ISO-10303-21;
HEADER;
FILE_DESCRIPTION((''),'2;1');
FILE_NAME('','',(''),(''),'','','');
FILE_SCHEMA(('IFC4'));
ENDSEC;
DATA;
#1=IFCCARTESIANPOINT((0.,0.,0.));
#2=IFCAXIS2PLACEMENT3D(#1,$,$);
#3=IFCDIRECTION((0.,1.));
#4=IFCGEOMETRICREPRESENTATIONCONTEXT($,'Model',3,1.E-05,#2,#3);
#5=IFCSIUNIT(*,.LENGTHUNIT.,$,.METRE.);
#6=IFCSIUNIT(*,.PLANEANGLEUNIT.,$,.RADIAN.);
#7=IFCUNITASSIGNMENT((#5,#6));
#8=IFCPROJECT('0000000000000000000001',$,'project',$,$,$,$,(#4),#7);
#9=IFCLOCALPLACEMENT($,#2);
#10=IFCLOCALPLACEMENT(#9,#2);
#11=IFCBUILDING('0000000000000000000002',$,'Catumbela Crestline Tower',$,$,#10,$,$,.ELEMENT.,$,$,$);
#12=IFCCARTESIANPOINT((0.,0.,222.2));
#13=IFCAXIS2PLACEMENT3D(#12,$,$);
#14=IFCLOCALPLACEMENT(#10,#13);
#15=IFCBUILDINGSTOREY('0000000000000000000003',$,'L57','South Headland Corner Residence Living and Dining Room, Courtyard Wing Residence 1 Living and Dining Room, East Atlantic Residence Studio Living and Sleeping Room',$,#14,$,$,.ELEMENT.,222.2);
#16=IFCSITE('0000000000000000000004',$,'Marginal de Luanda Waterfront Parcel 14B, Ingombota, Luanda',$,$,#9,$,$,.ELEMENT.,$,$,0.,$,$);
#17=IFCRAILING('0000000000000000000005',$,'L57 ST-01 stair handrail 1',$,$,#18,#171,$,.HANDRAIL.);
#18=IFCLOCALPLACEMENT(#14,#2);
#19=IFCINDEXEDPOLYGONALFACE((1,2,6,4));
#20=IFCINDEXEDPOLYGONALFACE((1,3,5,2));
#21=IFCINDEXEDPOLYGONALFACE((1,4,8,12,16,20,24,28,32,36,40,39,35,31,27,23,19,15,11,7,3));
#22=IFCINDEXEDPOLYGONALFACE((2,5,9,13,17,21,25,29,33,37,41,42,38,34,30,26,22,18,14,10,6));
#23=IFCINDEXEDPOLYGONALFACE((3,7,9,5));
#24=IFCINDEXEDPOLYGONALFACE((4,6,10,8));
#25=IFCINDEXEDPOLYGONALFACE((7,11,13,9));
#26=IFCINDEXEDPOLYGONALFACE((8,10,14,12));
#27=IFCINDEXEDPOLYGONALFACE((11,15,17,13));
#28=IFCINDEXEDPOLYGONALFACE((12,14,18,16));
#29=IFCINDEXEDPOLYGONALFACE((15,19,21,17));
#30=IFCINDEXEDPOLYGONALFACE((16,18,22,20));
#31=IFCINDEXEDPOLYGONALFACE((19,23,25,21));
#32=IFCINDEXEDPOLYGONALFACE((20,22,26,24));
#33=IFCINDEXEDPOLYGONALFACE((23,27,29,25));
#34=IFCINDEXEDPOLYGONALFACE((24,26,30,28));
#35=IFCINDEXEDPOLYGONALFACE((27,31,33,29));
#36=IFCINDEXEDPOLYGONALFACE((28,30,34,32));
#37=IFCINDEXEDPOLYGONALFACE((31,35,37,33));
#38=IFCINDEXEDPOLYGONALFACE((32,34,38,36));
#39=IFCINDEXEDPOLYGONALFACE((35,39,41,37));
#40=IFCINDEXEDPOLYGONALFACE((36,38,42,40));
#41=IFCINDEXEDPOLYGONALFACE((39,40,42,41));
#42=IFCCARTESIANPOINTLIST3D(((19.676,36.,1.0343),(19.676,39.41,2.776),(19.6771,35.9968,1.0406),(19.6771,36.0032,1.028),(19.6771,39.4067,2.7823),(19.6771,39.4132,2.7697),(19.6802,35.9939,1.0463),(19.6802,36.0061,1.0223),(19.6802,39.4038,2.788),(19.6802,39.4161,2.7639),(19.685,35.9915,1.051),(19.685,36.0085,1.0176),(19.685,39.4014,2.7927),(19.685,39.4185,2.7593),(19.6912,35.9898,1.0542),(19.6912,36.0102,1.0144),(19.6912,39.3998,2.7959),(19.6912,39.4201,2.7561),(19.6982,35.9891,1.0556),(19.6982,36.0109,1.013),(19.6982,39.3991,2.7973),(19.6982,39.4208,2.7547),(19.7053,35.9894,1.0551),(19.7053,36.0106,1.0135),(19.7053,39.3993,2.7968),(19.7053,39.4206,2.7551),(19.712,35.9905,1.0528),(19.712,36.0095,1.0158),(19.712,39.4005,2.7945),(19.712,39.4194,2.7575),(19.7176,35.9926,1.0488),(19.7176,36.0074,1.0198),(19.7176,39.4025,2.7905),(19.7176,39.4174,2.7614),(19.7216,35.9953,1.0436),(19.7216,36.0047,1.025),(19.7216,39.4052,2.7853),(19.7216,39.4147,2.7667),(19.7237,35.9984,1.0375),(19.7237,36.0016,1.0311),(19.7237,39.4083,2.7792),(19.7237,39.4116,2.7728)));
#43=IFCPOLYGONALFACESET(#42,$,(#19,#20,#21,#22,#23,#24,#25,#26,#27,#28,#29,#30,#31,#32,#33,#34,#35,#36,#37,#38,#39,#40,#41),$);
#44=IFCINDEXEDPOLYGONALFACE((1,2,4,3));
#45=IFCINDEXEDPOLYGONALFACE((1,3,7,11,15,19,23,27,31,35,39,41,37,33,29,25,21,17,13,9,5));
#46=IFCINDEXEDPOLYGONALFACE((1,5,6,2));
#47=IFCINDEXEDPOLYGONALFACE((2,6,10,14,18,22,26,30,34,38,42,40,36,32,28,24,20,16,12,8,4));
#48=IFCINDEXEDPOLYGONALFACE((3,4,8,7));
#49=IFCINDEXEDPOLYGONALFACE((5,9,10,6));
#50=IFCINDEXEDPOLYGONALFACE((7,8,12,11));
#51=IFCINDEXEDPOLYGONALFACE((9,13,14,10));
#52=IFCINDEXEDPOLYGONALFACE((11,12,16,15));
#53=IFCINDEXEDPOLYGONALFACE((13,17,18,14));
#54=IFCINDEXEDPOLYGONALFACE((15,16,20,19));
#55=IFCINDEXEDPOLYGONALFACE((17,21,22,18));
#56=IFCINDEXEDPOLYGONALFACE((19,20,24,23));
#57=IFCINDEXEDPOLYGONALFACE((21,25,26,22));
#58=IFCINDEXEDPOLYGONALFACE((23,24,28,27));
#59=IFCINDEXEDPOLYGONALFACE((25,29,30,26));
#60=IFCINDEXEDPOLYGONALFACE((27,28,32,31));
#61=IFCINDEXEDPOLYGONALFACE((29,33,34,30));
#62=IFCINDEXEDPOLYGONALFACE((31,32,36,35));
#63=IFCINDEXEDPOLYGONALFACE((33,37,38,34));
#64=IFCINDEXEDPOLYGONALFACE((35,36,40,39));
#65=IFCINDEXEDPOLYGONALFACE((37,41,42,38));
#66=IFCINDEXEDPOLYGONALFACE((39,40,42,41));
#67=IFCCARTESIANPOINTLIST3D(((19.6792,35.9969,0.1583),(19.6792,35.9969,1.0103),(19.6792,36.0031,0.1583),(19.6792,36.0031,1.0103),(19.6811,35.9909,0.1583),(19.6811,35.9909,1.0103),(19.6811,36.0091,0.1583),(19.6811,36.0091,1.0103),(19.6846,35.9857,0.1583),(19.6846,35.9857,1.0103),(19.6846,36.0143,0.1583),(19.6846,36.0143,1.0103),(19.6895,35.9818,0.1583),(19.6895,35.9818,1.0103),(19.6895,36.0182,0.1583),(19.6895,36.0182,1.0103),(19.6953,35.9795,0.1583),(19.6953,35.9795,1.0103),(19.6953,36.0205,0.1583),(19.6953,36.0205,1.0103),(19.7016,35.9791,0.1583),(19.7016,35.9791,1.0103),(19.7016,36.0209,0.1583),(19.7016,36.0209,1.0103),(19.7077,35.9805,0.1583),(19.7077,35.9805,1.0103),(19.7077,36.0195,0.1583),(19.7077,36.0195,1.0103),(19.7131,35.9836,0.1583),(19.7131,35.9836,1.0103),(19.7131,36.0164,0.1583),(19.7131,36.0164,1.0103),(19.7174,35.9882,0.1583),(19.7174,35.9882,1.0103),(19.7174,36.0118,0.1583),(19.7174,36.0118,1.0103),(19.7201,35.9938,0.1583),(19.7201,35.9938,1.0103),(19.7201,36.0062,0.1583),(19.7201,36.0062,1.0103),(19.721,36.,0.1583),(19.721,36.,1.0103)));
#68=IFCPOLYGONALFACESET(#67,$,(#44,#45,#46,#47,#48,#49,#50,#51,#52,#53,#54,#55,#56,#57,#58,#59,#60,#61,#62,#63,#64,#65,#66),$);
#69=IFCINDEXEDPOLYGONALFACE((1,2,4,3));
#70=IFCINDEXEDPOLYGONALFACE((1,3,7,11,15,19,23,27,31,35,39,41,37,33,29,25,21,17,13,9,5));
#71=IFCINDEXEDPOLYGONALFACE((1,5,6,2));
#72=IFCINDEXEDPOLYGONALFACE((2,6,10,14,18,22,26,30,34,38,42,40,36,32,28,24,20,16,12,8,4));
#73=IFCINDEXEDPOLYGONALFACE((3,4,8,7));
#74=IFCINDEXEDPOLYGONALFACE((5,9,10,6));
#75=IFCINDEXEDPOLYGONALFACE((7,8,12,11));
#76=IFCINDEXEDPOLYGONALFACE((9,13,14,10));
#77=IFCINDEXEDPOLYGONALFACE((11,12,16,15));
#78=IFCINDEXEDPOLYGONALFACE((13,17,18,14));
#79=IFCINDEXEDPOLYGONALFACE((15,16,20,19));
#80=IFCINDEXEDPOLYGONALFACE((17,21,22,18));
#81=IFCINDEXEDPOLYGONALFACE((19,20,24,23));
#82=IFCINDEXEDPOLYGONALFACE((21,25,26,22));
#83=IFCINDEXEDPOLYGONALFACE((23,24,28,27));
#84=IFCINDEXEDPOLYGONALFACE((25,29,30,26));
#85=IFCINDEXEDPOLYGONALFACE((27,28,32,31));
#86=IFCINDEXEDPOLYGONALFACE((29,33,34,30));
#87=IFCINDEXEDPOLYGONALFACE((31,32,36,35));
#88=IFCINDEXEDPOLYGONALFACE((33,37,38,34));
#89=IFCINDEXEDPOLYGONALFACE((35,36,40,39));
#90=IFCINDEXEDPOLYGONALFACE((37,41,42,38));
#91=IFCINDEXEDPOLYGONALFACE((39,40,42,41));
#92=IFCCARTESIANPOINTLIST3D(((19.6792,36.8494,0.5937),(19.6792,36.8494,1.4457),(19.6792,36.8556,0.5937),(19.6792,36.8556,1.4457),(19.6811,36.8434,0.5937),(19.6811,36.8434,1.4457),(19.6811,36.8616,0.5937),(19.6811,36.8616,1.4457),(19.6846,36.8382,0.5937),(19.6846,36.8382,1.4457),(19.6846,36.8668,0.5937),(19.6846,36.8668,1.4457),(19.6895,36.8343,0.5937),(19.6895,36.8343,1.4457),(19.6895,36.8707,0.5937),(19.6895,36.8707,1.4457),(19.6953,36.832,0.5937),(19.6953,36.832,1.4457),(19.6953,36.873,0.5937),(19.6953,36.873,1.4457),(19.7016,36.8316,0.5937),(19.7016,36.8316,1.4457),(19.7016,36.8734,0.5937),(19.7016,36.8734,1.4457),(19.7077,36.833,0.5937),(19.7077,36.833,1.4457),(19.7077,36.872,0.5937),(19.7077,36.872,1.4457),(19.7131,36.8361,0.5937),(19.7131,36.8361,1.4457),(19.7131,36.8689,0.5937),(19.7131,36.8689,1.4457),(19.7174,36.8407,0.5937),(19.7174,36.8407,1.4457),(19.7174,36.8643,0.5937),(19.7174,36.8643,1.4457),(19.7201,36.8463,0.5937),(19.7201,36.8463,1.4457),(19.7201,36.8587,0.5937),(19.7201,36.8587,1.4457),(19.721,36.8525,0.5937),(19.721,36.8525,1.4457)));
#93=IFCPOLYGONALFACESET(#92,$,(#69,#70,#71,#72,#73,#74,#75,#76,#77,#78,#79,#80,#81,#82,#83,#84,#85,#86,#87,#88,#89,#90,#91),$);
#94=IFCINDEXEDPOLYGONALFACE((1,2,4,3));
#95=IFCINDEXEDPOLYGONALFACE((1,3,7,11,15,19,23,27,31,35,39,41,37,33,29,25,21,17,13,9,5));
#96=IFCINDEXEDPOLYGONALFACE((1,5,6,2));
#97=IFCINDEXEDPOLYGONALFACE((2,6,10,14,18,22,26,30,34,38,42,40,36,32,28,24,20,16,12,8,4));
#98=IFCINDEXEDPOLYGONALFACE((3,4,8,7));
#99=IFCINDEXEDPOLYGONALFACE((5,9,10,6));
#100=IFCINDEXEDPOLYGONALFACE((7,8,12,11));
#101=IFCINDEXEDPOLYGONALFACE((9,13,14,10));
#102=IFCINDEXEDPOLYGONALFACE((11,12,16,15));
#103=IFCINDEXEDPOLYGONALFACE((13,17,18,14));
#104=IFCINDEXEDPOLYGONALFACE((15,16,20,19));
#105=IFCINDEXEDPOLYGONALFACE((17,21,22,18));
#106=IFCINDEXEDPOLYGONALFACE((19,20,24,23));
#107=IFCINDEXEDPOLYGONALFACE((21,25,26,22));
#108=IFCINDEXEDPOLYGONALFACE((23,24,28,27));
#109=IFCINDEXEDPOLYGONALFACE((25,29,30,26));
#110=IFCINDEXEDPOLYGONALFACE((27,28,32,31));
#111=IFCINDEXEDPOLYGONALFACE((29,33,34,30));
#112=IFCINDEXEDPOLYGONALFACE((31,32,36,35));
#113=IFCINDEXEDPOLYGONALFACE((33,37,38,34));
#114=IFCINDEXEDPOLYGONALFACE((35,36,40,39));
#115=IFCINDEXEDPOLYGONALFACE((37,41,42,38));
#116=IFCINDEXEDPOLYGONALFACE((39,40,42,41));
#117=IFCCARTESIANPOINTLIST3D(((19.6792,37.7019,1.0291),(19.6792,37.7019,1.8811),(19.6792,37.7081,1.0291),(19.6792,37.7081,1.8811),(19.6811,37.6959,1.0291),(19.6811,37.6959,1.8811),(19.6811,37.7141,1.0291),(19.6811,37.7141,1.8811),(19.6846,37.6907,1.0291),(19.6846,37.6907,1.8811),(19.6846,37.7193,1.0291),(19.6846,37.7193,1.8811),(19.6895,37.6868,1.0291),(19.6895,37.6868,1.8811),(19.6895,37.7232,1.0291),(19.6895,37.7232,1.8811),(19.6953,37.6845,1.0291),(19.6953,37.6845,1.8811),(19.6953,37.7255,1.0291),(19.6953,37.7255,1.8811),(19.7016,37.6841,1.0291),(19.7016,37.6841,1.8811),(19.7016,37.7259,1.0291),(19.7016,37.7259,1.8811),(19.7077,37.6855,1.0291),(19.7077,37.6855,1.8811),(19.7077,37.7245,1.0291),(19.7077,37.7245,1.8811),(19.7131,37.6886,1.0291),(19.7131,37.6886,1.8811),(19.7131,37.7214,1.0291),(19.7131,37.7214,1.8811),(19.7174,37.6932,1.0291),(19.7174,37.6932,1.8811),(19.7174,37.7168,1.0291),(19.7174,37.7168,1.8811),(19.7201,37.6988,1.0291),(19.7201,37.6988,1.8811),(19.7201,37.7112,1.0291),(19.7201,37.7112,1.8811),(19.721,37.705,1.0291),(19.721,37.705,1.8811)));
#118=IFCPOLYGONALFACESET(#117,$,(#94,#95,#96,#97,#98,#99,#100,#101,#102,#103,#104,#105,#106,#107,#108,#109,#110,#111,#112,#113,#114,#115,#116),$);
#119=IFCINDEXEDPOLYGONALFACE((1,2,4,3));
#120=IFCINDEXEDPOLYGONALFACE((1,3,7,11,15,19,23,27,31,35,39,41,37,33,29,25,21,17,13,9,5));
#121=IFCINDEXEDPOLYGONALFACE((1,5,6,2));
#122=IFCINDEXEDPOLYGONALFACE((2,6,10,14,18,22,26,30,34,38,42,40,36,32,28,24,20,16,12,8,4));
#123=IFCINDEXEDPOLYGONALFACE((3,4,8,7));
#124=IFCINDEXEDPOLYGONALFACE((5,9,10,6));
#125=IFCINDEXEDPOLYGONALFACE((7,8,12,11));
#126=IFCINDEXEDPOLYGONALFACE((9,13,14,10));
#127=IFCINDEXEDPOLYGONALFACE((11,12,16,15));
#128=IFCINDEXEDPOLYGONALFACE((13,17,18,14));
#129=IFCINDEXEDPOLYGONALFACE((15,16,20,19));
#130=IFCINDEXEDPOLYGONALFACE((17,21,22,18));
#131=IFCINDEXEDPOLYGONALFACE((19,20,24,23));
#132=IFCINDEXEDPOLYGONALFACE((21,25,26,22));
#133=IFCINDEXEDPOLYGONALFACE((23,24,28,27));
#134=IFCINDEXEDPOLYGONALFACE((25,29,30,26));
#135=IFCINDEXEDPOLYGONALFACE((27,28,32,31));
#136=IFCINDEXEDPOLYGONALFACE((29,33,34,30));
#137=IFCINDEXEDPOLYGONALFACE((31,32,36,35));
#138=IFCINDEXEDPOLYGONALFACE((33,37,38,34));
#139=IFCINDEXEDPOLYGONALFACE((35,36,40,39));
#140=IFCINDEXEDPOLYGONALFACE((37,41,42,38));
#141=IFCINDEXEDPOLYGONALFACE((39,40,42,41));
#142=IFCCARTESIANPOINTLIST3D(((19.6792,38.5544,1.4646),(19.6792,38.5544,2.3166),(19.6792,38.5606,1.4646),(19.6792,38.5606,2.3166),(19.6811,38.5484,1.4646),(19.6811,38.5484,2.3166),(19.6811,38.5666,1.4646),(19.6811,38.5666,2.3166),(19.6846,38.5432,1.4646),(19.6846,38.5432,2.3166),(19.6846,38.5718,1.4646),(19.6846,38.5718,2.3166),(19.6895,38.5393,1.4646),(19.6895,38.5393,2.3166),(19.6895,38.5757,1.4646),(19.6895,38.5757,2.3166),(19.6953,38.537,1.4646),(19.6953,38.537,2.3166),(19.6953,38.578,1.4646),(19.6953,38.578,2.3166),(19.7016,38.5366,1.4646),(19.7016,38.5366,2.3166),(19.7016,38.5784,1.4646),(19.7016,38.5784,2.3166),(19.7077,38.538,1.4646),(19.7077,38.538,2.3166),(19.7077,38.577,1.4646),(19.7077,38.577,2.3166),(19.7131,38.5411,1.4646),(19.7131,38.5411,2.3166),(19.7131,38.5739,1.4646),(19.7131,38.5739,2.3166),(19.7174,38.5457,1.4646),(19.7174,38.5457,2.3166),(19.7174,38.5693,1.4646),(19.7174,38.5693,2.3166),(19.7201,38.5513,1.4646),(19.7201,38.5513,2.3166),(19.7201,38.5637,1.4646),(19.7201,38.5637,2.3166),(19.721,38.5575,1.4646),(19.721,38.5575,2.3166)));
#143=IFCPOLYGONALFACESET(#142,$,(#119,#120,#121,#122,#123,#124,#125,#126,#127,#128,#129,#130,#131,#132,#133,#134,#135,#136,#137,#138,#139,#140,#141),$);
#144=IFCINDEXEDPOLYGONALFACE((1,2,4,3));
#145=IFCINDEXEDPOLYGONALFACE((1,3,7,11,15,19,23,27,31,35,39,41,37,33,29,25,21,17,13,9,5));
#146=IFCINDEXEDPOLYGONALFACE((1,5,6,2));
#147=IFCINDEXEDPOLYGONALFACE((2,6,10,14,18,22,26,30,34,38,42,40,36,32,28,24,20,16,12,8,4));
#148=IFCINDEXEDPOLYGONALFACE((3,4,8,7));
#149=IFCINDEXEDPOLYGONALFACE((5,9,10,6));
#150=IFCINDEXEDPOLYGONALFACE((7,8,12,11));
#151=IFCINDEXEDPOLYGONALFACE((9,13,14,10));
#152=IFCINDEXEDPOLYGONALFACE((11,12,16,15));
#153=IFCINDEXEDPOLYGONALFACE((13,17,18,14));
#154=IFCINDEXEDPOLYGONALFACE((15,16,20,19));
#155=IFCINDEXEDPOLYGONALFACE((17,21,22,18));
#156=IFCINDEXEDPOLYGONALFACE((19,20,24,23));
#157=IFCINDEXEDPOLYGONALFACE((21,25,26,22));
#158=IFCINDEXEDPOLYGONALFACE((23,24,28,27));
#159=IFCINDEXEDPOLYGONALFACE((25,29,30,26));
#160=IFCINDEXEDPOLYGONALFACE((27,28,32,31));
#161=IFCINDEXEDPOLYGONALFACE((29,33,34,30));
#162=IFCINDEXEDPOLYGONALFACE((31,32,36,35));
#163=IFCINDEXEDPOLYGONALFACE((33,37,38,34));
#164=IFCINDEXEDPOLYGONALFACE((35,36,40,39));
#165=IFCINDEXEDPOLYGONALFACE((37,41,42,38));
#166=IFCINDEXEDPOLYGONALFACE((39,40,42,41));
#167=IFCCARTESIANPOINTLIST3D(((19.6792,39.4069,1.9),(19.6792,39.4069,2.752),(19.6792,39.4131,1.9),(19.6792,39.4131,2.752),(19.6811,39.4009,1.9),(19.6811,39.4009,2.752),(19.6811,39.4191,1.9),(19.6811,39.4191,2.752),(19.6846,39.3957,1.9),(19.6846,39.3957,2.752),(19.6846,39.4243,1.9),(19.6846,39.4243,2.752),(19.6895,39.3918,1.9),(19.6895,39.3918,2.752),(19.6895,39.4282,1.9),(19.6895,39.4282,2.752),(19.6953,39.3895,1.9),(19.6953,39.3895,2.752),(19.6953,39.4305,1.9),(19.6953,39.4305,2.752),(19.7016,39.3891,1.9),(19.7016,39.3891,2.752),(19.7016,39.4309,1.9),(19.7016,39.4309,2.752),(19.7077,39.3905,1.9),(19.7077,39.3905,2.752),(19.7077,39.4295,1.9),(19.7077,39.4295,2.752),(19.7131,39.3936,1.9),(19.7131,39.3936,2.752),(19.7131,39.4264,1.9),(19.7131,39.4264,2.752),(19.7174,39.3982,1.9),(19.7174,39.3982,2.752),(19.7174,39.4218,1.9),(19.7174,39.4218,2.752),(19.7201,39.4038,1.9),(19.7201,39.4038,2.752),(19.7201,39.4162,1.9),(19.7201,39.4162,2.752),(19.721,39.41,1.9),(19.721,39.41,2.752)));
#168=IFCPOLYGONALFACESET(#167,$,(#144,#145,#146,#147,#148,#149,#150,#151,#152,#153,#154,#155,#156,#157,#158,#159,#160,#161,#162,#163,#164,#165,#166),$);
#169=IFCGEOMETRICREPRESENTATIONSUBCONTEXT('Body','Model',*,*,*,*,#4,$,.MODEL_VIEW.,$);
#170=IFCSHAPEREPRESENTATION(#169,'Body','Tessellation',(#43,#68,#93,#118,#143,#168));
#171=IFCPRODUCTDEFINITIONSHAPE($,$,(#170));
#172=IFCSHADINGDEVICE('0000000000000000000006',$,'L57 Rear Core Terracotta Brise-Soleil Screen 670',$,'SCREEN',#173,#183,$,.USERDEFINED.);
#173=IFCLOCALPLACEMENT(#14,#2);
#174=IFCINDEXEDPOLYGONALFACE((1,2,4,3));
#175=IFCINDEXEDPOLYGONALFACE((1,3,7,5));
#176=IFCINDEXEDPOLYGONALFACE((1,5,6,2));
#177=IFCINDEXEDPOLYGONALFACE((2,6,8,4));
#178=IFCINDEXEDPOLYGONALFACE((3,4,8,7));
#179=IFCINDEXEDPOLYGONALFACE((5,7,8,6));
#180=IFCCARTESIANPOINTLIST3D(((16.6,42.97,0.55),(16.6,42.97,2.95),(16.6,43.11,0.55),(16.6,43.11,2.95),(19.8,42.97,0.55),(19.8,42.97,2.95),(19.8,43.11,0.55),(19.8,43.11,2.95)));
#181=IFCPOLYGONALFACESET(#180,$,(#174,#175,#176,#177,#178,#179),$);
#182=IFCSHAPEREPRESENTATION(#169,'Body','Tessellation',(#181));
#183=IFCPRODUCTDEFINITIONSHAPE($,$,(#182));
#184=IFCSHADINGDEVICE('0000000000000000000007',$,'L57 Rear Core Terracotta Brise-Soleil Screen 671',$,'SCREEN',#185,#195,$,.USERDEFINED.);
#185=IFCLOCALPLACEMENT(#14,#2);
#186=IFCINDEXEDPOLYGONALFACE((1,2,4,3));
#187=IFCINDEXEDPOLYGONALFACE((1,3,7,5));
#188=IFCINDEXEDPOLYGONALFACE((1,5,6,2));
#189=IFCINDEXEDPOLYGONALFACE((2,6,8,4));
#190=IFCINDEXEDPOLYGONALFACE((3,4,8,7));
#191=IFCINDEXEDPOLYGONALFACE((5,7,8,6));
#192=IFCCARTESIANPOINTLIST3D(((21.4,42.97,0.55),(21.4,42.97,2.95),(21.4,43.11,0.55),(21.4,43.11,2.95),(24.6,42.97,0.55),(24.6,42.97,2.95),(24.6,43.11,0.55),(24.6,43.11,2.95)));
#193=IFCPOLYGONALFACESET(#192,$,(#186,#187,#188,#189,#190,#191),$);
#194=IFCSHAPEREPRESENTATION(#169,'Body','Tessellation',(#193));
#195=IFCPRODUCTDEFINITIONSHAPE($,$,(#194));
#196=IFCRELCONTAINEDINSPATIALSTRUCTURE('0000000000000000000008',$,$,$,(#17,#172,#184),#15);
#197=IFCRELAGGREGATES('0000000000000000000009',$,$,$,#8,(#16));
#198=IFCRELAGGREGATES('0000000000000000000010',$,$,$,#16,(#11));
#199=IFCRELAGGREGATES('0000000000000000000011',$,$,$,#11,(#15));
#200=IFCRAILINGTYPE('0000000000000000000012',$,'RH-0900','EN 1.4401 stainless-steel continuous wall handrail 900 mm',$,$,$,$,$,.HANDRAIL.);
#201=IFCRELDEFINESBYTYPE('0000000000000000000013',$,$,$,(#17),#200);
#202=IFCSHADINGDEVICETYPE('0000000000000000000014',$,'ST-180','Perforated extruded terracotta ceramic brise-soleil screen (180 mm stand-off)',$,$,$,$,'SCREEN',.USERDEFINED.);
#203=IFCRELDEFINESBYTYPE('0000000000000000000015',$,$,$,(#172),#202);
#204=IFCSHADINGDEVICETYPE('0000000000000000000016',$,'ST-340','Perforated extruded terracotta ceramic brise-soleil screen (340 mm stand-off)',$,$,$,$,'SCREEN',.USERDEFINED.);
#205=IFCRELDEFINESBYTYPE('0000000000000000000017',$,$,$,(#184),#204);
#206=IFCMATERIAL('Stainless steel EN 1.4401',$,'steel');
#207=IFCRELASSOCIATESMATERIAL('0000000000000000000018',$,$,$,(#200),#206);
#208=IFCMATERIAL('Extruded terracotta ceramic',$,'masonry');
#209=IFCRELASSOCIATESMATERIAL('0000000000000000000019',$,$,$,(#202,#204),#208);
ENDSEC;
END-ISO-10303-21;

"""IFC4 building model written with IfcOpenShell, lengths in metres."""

from ifc_helpers import new_model, si_unit, direction, frame, origin, origin_2d, place, context, subcontext, project, spatial, rectangle, circle, extrude, material, type_object, element, save


model = new_model("IFC4")

# Units and contexts
model_context = context("Model", 3, precision=1e-05, world=origin(), true_north=direction((0.0, 1.0)))
body_context = subcontext(model_context, "Body", "Model", "MODEL_VIEW")
ifc_project = project(units=[si_unit("LENGTHUNIT", "METRE"), si_unit("PLANEANGLEUNIT", "RADIAN")], contexts=[model_context])

# Site, building, storey
site_placement = place(None, origin())
site = spatial("IfcSite", under=ifc_project, at=site_placement, Name="Marginal de Luanda Waterfront Parcel 14B, Ingombota, Luanda", CompositionType="ELEMENT", RefElevation=0.0)
building_placement = place(site_placement, origin())
building = spatial("IfcBuilding", under=site, at=building_placement, Name="Catumbela Crestline Tower", CompositionType="ELEMENT")
storey_placement = place(building_placement, frame((0.0, 0.0, 222.2)))
storey = spatial("IfcBuildingStorey", under=building, at=storey_placement, Name="L57", Description="South Headland Corner Residence Living and Dining Room, Courtyard Wing Residence 1 Living and Dining Room, East Atlantic Residence Studio Living and Sleeping Room", CompositionType="ELEMENT", Elevation=222.2)

# Shared definitions
ifc_material_1 = material(Name="Stainless steel EN 1.4401", Category="steel")

# Railing
railing_type_1 = type_object("IfcRailingType", Name="RH-0900", Description="EN 1.4401 stainless-steel continuous wall handrail 900 mm", PredefinedType="HANDRAIL", material=ifc_material_1)
railing_1_placement = place(storey_placement, frame((19.7, 36.0, 0.1583)))
element("IfcRailing", 1, at=railing_1_placement, inside=storey, type_object=railing_type_1, Name="L57 ST-01 stair handrail 1", PredefinedType="HANDRAIL", context=body_context, shape_type="SweptSolid", body=[
    extrude(circle(Radius=0.024, at=origin_2d()), frame((0.0, 0.0, 0.876), z_axis=(0.0, 0.89056, 0.454865), x_axis=(-1.0, 0.0, 0.0)), (0.0, 0.0, 1.0), 3.829),
    extrude(circle(Radius=0.021, at=origin_2d()), origin(), (0.0, 0.0, 1.0), 0.852),
    extrude(circle(Radius=0.021, at=origin_2d()), frame((0.0, 0.8525, 0.4354)), (0.0, 0.0, 1.0), 0.852),
    extrude(circle(Radius=0.021, at=origin_2d()), frame((0.0, 1.705, 0.8708)), (0.0, 0.0, 1.0), 0.852),
    extrude(circle(Radius=0.021, at=origin_2d()), frame((0.0, 2.5575, 1.3063)), (0.0, 0.0, 1.0), 0.852),
    extrude(circle(Radius=0.021, at=origin_2d()), frame((0.0, 3.41, 1.7417)), (0.0, 0.0, 1.0), 0.852),
])

# Shading devices
ifc_material_2 = material(Name="Extruded terracotta ceramic", Category="masonry")
shading_device_type_1 = type_object("IfcShadingDeviceType", Name="ST-180", Description="Perforated extruded terracotta ceramic brise-soleil screen (180 mm stand-off)", ElementType="SCREEN", PredefinedType="USERDEFINED", material=ifc_material_2)
shading_device_1_placement = place(storey_placement, frame((18.2, 43.04, 0.55), z_axis=(0.0, 0.0, 1.0), x_axis=(1.0, 0.0, 0.0)))
element("IfcShadingDevice", 2, at=shading_device_1_placement, inside=storey, type_object=shading_device_type_1, Name="L57 Rear Core Terracotta Brise-Soleil Screen 670", ObjectType="SCREEN", PredefinedType="USERDEFINED", context=body_context, shape_type="SweptSolid", body=[
    extrude(rectangle(XDim=3.2, YDim=0.14, at=origin_2d()), origin(), (0.0, 0.0, 1.0), 2.4),
])
shading_device_type_2 = type_object("IfcShadingDeviceType", Name="ST-340", Description="Perforated extruded terracotta ceramic brise-soleil screen (340 mm stand-off)", ElementType="SCREEN", PredefinedType="USERDEFINED", material=ifc_material_2)
shading_device_2_placement = place(storey_placement, frame((23.0, 43.04, 0.55), z_axis=(0.0, 0.0, 1.0), x_axis=(1.0, 0.0, 0.0)))
element("IfcShadingDevice", 3, at=shading_device_2_placement, inside=storey, type_object=shading_device_type_2, Name="L57 Rear Core Terracotta Brise-Soleil Screen 671", ObjectType="SCREEN", PredefinedType="USERDEFINED", context=body_context, shape_type="SweptSolid", body=[
    extrude(rectangle(XDim=3.2, YDim=0.14, at=origin_2d()), origin(), (0.0, 0.0, 1.0), 2.4),
])

save(model, "model.ifc")
